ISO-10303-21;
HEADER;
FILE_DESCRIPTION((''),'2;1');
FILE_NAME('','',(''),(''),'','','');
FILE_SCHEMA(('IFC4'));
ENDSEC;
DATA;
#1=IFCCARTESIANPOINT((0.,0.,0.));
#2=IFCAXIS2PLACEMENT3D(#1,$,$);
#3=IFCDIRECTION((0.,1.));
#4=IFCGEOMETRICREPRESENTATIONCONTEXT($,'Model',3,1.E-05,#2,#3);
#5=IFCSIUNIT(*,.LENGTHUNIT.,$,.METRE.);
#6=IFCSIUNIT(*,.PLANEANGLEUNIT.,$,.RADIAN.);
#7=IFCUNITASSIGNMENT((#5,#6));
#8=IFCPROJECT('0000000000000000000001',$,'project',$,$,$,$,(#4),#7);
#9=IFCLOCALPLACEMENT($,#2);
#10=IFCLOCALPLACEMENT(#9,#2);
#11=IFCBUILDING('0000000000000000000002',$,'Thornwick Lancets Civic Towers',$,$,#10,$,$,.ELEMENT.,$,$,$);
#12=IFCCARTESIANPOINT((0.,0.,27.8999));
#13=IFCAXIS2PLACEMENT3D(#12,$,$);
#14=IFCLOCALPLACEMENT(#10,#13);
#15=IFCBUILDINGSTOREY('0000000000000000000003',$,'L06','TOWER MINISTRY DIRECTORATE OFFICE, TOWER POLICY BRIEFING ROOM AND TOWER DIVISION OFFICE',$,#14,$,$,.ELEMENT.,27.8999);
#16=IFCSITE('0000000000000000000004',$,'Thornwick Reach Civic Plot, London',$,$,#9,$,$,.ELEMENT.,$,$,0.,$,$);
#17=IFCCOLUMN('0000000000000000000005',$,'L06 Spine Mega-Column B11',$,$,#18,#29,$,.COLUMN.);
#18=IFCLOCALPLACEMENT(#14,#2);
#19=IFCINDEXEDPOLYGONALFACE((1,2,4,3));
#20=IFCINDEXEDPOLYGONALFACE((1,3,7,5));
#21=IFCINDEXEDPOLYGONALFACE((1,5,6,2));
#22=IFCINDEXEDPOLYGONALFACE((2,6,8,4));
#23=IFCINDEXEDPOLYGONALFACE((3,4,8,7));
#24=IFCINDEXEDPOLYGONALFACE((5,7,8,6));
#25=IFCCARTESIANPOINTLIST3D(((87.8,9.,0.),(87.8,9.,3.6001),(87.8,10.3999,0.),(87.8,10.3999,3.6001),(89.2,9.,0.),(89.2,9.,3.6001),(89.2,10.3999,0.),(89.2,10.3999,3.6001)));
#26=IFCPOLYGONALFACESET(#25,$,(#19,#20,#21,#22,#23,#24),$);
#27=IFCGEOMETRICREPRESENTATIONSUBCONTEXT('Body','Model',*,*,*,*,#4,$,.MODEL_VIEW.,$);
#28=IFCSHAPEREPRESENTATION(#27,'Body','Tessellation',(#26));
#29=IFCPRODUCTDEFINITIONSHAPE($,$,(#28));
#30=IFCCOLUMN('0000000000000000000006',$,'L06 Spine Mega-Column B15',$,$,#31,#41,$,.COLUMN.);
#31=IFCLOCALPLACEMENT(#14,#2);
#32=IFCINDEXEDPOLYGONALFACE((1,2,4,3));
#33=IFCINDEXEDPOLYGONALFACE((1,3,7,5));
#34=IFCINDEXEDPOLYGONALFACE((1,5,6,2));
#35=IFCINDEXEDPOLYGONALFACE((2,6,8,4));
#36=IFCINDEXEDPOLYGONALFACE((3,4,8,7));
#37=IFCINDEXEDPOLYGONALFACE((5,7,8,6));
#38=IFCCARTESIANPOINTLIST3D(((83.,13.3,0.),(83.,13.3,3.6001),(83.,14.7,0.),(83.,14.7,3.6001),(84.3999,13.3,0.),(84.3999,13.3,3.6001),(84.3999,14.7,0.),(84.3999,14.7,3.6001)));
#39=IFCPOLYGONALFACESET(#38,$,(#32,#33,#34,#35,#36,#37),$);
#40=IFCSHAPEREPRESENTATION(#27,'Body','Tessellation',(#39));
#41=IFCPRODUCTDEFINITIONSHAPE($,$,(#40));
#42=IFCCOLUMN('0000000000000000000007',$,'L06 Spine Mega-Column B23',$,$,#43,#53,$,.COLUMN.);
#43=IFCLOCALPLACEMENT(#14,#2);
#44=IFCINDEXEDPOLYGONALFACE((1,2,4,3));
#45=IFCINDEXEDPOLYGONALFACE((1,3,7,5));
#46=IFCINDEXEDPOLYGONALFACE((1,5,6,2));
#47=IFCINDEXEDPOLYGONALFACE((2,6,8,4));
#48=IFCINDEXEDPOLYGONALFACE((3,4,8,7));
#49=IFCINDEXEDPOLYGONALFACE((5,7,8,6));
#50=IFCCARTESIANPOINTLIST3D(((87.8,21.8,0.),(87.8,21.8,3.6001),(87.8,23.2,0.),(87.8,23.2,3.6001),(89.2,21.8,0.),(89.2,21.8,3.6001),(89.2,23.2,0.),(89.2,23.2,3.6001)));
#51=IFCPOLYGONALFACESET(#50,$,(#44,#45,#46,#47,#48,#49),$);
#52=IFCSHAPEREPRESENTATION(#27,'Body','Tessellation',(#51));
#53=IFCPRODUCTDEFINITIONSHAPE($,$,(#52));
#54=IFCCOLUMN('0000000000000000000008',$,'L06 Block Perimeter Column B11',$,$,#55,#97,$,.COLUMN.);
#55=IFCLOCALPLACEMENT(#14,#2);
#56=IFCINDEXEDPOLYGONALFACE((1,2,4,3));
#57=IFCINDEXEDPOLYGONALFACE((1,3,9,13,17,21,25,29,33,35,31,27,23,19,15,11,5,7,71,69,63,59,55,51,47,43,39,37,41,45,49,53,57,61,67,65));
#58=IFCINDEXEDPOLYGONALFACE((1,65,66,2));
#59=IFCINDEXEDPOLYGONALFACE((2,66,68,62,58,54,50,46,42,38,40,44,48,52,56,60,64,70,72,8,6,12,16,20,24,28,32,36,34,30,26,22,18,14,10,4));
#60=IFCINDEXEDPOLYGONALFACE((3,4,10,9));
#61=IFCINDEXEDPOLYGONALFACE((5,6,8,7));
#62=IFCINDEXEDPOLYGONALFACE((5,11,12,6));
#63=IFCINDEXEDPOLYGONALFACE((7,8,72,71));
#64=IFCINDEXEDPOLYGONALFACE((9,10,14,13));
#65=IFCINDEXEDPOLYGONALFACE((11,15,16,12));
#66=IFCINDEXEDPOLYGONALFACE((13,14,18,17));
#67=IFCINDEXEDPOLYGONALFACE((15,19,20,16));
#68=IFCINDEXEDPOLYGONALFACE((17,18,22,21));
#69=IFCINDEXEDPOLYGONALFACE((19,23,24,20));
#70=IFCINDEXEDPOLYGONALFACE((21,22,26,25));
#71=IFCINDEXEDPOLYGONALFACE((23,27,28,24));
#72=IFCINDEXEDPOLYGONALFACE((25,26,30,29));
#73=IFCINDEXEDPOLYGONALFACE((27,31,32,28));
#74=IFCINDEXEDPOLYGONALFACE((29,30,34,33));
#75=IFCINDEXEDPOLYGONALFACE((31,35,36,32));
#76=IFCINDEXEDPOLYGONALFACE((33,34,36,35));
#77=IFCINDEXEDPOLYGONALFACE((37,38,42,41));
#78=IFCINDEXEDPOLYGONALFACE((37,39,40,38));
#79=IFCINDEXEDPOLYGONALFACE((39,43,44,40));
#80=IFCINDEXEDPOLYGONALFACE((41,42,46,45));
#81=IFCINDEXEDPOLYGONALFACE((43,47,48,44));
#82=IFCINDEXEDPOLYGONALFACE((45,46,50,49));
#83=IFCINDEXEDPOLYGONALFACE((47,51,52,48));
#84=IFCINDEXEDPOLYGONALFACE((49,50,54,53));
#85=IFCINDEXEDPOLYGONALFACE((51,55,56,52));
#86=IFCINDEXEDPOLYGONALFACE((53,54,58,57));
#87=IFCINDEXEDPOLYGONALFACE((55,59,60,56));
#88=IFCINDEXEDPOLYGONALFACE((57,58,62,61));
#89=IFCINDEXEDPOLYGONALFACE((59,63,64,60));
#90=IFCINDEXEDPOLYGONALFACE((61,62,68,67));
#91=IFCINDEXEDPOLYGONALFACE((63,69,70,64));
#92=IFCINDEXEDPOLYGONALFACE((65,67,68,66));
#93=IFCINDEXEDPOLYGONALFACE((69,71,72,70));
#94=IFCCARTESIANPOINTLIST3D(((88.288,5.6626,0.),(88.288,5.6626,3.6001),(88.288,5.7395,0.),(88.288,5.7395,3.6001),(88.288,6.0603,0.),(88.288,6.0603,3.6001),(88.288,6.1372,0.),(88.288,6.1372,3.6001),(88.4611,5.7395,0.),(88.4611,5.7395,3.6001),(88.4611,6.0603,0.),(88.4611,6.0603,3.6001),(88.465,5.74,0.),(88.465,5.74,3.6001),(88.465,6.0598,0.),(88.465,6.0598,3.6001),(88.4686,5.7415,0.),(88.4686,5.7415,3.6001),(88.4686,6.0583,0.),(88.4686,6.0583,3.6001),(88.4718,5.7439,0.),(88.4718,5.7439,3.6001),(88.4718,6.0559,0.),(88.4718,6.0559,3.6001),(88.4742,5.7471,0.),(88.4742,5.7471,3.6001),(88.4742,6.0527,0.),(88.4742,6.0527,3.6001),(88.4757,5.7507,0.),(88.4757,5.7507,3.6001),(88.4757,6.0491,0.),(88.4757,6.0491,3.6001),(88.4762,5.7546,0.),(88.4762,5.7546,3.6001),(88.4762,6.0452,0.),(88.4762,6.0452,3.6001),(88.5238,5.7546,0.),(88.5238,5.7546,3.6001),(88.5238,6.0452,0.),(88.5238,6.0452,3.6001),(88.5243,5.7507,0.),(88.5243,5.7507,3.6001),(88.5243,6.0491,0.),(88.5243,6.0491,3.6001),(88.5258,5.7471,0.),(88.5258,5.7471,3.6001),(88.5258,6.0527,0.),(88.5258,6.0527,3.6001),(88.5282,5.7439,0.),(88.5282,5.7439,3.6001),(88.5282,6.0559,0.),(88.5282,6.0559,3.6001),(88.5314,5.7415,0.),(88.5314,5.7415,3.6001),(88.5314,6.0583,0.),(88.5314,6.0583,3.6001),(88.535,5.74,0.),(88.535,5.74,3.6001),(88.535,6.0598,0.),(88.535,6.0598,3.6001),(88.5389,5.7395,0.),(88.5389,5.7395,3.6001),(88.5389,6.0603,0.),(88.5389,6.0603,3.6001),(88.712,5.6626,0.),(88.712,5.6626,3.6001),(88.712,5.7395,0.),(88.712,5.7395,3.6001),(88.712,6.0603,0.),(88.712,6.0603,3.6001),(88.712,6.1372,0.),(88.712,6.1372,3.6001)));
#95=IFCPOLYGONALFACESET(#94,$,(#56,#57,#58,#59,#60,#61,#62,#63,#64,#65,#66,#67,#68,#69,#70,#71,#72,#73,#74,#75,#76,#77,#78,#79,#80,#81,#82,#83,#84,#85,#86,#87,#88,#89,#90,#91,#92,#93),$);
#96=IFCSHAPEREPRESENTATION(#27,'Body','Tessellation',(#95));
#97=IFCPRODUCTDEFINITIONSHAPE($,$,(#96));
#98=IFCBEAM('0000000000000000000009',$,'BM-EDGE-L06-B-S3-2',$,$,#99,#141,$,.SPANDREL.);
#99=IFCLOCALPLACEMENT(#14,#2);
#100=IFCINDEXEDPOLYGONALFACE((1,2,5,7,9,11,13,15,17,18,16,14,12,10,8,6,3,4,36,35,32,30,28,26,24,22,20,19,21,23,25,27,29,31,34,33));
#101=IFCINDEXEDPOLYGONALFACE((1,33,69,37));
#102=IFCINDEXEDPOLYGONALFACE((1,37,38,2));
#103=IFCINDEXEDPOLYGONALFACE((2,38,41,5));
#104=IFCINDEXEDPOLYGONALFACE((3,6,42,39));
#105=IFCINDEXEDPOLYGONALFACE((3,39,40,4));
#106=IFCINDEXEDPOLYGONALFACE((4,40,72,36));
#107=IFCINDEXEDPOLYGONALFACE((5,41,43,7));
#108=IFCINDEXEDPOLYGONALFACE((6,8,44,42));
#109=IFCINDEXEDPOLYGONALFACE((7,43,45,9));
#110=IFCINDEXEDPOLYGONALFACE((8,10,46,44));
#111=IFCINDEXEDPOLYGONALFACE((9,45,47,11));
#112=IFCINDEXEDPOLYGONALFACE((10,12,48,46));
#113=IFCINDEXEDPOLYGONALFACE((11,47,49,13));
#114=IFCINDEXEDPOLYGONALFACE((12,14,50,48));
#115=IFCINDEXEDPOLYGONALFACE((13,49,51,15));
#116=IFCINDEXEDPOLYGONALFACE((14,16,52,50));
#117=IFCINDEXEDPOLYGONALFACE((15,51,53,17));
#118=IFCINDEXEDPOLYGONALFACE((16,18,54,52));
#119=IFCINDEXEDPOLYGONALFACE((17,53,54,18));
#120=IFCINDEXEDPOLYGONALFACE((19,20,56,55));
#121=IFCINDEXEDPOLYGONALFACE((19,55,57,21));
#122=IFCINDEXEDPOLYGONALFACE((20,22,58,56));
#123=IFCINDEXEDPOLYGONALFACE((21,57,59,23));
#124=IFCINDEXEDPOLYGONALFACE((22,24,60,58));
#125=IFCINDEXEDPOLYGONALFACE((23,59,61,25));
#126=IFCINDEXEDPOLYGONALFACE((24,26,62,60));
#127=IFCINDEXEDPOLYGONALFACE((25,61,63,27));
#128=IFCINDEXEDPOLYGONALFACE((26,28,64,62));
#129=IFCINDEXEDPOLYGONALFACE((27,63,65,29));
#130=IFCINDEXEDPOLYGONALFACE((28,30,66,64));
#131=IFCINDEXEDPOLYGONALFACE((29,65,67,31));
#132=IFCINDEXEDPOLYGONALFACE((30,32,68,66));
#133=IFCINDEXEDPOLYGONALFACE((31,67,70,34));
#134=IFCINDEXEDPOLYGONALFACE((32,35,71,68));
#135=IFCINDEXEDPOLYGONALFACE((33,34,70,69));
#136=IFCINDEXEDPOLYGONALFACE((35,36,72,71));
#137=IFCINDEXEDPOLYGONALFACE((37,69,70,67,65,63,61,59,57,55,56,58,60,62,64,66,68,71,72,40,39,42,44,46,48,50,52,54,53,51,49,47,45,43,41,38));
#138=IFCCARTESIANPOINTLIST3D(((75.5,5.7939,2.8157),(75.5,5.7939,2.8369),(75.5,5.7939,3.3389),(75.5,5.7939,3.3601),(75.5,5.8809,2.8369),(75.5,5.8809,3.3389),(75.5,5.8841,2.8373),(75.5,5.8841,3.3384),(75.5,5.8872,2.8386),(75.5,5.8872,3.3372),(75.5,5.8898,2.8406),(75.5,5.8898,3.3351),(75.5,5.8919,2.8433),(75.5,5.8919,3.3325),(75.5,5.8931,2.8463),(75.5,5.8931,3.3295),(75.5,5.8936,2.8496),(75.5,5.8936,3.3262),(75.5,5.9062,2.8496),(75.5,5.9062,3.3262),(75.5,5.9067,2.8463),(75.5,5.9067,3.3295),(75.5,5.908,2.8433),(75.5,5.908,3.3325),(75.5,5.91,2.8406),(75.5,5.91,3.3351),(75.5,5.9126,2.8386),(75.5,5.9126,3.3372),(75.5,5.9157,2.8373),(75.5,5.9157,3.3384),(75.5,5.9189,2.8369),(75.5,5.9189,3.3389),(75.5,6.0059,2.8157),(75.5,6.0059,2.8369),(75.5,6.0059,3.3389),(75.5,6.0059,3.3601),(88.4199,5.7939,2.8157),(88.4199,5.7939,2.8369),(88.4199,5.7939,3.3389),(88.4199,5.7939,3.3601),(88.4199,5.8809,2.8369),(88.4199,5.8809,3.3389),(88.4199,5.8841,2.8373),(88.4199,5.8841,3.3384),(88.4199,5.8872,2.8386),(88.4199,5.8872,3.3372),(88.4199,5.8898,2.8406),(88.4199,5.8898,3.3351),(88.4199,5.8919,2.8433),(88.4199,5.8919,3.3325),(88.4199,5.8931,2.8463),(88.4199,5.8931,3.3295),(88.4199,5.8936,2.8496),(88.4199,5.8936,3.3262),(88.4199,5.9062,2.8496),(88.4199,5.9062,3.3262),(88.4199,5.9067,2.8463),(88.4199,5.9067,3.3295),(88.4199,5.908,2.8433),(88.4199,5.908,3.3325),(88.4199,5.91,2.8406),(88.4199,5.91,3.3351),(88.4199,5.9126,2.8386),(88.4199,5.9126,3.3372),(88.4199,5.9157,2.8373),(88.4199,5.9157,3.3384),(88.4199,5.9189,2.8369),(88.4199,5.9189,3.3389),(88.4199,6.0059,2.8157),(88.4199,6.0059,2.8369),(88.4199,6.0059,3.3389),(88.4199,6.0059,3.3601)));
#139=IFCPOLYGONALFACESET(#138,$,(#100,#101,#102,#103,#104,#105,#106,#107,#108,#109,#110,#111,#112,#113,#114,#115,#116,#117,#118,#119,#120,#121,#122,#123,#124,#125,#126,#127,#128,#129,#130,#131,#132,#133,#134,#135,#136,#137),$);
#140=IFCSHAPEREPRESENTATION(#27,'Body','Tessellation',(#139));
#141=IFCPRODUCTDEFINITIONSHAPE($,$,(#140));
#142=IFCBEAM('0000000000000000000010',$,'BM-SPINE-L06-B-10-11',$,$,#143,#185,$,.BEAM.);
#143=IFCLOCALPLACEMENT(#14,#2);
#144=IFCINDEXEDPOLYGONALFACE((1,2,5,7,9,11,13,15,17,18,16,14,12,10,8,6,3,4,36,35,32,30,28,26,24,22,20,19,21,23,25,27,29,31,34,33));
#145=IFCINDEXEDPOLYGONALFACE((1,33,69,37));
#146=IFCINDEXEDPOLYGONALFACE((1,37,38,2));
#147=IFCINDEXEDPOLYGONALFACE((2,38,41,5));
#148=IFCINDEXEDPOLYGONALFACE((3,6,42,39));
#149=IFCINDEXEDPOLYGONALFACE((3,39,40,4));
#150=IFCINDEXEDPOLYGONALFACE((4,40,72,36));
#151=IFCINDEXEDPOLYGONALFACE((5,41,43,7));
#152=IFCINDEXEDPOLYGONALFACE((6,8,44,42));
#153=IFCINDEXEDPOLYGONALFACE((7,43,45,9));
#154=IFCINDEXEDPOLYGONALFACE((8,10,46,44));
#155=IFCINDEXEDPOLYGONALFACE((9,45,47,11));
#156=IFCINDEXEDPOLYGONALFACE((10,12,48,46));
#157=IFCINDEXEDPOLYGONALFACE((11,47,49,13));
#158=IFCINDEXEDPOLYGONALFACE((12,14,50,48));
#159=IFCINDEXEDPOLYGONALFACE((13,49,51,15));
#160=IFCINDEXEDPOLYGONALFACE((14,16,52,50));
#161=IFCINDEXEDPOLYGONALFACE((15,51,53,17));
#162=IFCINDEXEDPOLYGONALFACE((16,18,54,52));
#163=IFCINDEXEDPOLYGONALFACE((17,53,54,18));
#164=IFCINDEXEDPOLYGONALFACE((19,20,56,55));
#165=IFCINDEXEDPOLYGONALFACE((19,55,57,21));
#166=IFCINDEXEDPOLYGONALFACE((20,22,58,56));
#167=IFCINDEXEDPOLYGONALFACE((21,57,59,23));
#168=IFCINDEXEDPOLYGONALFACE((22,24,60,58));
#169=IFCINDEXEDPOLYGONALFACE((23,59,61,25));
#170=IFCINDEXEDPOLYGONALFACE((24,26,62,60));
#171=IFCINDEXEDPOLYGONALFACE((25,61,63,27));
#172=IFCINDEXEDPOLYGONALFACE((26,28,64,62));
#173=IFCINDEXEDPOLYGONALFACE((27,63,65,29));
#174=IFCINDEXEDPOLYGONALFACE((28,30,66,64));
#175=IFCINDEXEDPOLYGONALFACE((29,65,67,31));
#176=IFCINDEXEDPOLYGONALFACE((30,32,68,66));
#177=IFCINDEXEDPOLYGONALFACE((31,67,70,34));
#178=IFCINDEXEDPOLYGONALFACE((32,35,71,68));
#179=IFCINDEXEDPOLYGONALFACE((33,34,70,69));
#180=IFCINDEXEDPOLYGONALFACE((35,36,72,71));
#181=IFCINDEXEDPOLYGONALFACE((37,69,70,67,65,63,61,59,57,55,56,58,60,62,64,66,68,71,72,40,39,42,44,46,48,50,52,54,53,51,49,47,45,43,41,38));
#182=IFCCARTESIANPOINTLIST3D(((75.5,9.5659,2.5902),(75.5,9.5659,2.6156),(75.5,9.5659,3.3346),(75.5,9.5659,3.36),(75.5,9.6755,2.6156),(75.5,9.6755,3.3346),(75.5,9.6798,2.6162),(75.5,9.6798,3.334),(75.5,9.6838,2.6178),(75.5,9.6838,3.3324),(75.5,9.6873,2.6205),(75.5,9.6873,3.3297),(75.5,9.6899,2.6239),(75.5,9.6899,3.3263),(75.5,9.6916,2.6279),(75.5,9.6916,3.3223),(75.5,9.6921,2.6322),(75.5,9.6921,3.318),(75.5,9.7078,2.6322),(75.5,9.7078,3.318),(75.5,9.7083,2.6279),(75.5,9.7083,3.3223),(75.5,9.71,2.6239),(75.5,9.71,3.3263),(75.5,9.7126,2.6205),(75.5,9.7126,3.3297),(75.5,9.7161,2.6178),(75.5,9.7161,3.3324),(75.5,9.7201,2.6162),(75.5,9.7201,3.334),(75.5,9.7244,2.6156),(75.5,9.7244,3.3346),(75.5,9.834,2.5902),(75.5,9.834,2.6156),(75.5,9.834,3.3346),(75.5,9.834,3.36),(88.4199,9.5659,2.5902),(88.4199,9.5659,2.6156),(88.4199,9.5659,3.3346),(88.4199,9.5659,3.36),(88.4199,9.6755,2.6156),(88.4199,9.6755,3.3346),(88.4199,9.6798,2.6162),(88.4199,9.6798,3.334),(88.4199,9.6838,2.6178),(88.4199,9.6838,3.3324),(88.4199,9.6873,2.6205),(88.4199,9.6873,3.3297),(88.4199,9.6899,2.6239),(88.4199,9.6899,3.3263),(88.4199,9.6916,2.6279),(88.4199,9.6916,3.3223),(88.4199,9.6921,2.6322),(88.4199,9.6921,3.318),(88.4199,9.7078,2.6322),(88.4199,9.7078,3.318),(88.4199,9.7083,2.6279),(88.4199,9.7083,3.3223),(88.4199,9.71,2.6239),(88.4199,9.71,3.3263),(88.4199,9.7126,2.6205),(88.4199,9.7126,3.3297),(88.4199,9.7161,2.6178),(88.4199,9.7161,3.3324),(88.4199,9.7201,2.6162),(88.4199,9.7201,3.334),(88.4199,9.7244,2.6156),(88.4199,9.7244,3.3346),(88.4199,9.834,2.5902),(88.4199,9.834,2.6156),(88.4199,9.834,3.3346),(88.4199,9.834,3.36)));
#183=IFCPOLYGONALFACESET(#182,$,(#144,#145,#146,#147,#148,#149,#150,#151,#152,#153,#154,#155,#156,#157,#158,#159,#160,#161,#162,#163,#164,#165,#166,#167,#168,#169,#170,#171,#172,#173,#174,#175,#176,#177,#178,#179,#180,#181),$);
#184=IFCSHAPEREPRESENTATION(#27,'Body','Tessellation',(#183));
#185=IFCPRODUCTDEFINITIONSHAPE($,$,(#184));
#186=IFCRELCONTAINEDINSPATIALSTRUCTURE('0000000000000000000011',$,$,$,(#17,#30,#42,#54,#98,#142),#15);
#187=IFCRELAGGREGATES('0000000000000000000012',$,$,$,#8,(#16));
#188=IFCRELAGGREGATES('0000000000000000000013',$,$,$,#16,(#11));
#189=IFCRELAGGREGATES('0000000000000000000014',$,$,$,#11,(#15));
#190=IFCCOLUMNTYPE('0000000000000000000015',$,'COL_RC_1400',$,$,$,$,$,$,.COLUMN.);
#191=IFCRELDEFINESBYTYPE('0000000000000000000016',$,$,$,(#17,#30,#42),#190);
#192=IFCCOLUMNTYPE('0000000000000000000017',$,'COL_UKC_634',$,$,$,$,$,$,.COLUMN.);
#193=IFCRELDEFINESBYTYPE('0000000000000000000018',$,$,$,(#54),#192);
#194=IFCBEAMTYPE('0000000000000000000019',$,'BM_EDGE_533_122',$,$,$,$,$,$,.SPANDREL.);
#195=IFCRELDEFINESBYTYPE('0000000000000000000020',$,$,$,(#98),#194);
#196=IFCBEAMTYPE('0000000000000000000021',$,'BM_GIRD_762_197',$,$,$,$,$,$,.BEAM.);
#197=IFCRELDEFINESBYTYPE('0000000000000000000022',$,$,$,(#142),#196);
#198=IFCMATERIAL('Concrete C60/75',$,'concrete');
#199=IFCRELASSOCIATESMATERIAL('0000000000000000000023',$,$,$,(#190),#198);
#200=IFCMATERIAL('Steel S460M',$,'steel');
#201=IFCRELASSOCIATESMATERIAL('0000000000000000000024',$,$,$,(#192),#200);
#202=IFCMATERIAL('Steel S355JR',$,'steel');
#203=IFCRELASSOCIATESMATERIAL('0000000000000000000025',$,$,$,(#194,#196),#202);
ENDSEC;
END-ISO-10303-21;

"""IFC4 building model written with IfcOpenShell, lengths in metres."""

from ifc_helpers import new_model, si_unit, direction, frame, origin, origin_2d, place, context, subcontext, project, spatial, rectangle, i_section, extrude, material, material_profile, profile_set, type_object, element, save


model = new_model("IFC4")

# Units and contexts
model_context = context("Model", 3, precision=1e-05, world=origin(), true_north=direction((0.0, 1.0)))
body_context = subcontext(model_context, "Body", "Model", "MODEL_VIEW")
ifc_project = project(units=[si_unit("LENGTHUNIT", "METRE"), si_unit("PLANEANGLEUNIT", "RADIAN")], contexts=[model_context])

# Site, building, storey
site_placement = place(None, origin())
site = spatial("IfcSite", under=ifc_project, at=site_placement, Name="Thornwick Reach Civic Plot, London", CompositionType="ELEMENT", RefElevation=0.0)
building_placement = place(site_placement, origin())
building = spatial("IfcBuilding", under=site, at=building_placement, Name="Thornwick Lancets Civic Towers", CompositionType="ELEMENT")
storey_placement = place(building_placement, frame((0.0, 0.0, 27.8999)))
storey = spatial("IfcBuildingStorey", under=building, at=storey_placement, Name="L06", Description="TOWER MINISTRY DIRECTORATE OFFICE, TOWER POLICY BRIEFING ROOM AND TOWER DIVISION OFFICE", CompositionType="ELEMENT", Elevation=27.8999)

# Columns
ifc_material_1 = material(Name="Concrete C60/75", Category="concrete")
ifc_material_profile_1 = material_profile(ifc_material_1, rectangle(XDim=1.3999, YDim=1.3999, at=origin_2d()), Name="RC 1400x1400")
ifc_profile_set_1 = profile_set([ifc_material_profile_1], Name="Concrete C60/75")
column_type_1 = type_object("IfcColumnType", Name="COL_RC_1400", PredefinedType="COLUMN", material=ifc_profile_set_1)
for number, where, z_axis, x_axis, name in (
    (1, (88.5, 9.7, 0.0), (0.0, 0.0, 1.0), (1.0, 0.0, 0.0), "L06 Spine Mega-Column B11"),
    (2, (83.7, 14.0, 0.0), (0.0, 0.0, 1.0), (1.0, 0.0, 0.0), "L06 Spine Mega-Column B15"),
    (3, (88.5, 22.5, 0.0), (0.0, 0.0, 1.0), (1.0, 0.0, 0.0), "L06 Spine Mega-Column B23"),
):
    element("IfcColumn", number, at=place(storey_placement, frame(where, z_axis=z_axis, x_axis=x_axis)), inside=storey, type_object=column_type_1, Name=name, PredefinedType="COLUMN", context=body_context, shape_type="SweptSolid", body=[
        extrude(rectangle(XDim=1.3999, YDim=1.3999, at=origin_2d()), origin(), (0.0, 0.0, 1.0), 3.6001),
    ])
ifc_material_2 = material(Name="Steel S460M", Category="steel")
ifc_material_profile_2 = material_profile(ifc_material_2, i_section(OverallWidth=0.4241, OverallDepth=0.4746, WebThickness=0.0476, FlangeThickness=0.0769, FilletRadius=0.0151, at=origin_2d()), Name="UKC 356x406x634")
ifc_profile_set_2 = profile_set([ifc_material_profile_2], Name="Steel S460M")
column_type_2 = type_object("IfcColumnType", Name="COL_UKC_634", PredefinedType="COLUMN", material=ifc_profile_set_2)
column_placement = place(storey_placement, frame((88.5, 5.8999, 0.0), z_axis=(0.0, 0.0, 1.0), x_axis=(1.0, 0.0, 0.0)))
element("IfcColumn", 4, at=column_placement, inside=storey, type_object=column_type_2, Name="L06 Block Perimeter Column B11", PredefinedType="COLUMN", context=body_context, shape_type="SweptSolid", body=[
    extrude(i_section(OverallWidth=0.4241, OverallDepth=0.4746, WebThickness=0.0476, FlangeThickness=0.0769, FilletRadius=0.0151, at=origin_2d()), origin(), (0.0, 0.0, 1.0), 3.6001),
])

# Beams
ifc_material_3 = material(Name="Steel S355JR", Category="steel")
ifc_material_profile_3 = material_profile(ifc_material_3, i_section(OverallWidth=0.2119, OverallDepth=0.5444, WebThickness=0.0127, FlangeThickness=0.0212, FilletRadius=0.0127, at=origin_2d()), Name="UKB 533x210x122")
ifc_profile_set_3 = profile_set([ifc_material_profile_3], Name="Steel S355JR")
beam_type_1 = type_object("IfcBeamType", Name="BM_EDGE_533_122", PredefinedType="SPANDREL", material=ifc_profile_set_3)
beam_1_placement = place(storey_placement, frame((88.4199, 5.8999, 3.0879), z_axis=(-1.0, 0.0, 0.0), x_axis=(0.0, -1.0, 0.0)))
element("IfcBeam", 5, at=beam_1_placement, inside=storey, type_object=beam_type_1, Name="BM-EDGE-L06-B-S3-2", PredefinedType="SPANDREL", context=body_context, shape_type="SweptSolid", body=[
    extrude(i_section(OverallWidth=0.2119, OverallDepth=0.5444, WebThickness=0.0127, FlangeThickness=0.0212, FilletRadius=0.0127, at=origin_2d()), origin(), (0.0, 0.0, 1.0), 12.9199),
])
ifc_material_profile_4 = material_profile(ifc_material_3, i_section(OverallWidth=0.2681, OverallDepth=0.7698, WebThickness=0.0156, FlangeThickness=0.0254, FilletRadius=0.0166, at=origin_2d()), Name="UKB 762x267x197")
ifc_profile_set_4 = profile_set([ifc_material_profile_4], Name="Steel S355JR")
beam_type_2 = type_object("IfcBeamType", Name="BM_GIRD_762_197", PredefinedType="BEAM", material=ifc_profile_set_4)
beam_2_placement = place(storey_placement, frame((88.4199, 9.7, 2.9751), z_axis=(-1.0, 0.0, 0.0), x_axis=(0.0, -1.0, 0.0)))
element("IfcBeam", 6, at=beam_2_placement, inside=storey, type_object=beam_type_2, Name="BM-SPINE-L06-B-10-11", PredefinedType="BEAM", context=body_context, shape_type="SweptSolid", body=[
    extrude(i_section(OverallWidth=0.2681, OverallDepth=0.7698, WebThickness=0.0156, FlangeThickness=0.0254, FilletRadius=0.0166, at=origin_2d()), origin(), (0.0, 0.0, 1.0), 12.9199),
])

save(model, "model.ifc")
